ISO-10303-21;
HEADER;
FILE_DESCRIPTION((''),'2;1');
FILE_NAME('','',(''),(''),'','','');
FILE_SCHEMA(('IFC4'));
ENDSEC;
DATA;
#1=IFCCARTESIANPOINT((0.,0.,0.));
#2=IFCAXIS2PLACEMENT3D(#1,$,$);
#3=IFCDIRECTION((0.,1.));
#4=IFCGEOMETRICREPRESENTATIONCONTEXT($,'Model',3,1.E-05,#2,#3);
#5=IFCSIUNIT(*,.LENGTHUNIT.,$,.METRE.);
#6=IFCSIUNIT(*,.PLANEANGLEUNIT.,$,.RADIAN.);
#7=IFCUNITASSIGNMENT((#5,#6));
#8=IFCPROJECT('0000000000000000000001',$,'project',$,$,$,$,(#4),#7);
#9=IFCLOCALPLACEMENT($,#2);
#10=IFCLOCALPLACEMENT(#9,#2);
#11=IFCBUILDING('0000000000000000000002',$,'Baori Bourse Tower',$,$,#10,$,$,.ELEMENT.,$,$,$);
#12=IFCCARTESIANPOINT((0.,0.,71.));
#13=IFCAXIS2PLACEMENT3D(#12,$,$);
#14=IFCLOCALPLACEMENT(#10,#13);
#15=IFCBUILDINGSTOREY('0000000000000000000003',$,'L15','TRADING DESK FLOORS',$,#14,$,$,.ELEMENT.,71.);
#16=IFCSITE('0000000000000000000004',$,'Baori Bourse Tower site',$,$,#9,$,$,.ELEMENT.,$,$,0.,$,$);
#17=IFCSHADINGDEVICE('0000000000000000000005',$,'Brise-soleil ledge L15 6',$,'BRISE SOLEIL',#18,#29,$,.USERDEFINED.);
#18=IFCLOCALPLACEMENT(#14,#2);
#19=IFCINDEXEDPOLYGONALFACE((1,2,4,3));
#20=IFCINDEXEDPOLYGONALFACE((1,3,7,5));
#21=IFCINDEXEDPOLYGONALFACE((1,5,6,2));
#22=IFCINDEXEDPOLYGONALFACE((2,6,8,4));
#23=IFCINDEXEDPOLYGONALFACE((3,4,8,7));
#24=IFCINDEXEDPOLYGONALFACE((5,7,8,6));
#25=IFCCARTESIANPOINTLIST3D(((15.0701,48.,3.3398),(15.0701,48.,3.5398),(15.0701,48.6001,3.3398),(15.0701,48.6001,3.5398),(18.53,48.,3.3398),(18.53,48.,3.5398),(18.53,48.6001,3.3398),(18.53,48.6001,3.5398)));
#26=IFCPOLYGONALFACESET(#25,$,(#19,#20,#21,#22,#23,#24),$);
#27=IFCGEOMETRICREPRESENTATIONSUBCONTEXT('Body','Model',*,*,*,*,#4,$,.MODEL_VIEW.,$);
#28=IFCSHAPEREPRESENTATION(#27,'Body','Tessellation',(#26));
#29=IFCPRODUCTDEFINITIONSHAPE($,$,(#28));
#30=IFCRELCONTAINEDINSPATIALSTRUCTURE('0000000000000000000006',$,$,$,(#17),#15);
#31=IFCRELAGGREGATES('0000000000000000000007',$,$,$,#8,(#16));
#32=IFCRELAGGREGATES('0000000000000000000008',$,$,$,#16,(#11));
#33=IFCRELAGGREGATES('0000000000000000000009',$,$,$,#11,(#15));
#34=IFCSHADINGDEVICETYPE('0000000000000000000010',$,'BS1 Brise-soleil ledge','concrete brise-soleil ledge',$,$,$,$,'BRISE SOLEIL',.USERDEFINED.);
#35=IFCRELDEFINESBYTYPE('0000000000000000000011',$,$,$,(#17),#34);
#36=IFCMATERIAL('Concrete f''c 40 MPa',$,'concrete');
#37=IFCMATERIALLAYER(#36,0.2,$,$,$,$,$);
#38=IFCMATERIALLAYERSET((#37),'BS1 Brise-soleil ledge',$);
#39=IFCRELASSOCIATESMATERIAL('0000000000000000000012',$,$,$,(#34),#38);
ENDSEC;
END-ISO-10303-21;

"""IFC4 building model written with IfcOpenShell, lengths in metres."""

from ifc_helpers import new_model, si_unit, direction, frame, origin, origin_2d, place, context, subcontext, project, spatial, rectangle, extrude, material, layer, layer_set, type_object, element, save


model = new_model("IFC4")

# Units and contexts
model_context = context("Model", 3, precision=1e-05, world=origin(), true_north=direction((0.0, 1.0)))
body_context = subcontext(model_context, "Body", "Model", "MODEL_VIEW")
ifc_project = project(units=[si_unit("LENGTHUNIT", "METRE"), si_unit("PLANEANGLEUNIT", "RADIAN")], contexts=[model_context])

# Site, building, storey
site_placement = place(None, origin())
site = spatial("IfcSite", under=ifc_project, at=site_placement, Name="Baori Bourse Tower site", CompositionType="ELEMENT", RefElevation=0.0)
building_placement = place(site_placement, origin())
building = spatial("IfcBuilding", under=site, at=building_placement, Name="Baori Bourse Tower", CompositionType="ELEMENT")
storey_placement = place(building_placement, frame((0.0, 0.0, 71.0)))
storey = spatial("IfcBuildingStorey", under=building, at=storey_placement, Name="L15", Description="TRADING DESK FLOORS", CompositionType="ELEMENT", Elevation=71.0)

# Shading device
ifc_material_1 = material(Name="Concrete f'c 40 MPa", Category="concrete")
ifc_layer_1 = layer(ifc_material_1, 0.2)
ifc_layer_set_1 = layer_set([ifc_layer_1], Name="BS1 Brise-soleil ledge")
shading_device_type = type_object("IfcShadingDeviceType", Name="BS1 Brise-soleil ledge", Description="concrete brise-soleil ledge", ElementType="BRISE SOLEIL", PredefinedType="USERDEFINED", material=ifc_layer_set_1)
shading_device_1_placement = place(storey_placement, frame((16.8, 48.3, 3.3398), z_axis=(0.0, 0.0, 1.0), x_axis=(-1.0, 0.0, 0.0)))
element("IfcShadingDevice", 1, at=shading_device_1_placement, inside=storey, type_object=shading_device_type, Name="Brise-soleil ledge L15 6", ObjectType="BRISE SOLEIL", PredefinedType="USERDEFINED", context=body_context, shape_type="SweptSolid", body=[
    extrude(rectangle(XDim=3.46, YDim=0.6001, at=origin_2d()), origin(), (0.0, 0.0, 1.0), 0.2),
])

save(model, "model.ifc")
